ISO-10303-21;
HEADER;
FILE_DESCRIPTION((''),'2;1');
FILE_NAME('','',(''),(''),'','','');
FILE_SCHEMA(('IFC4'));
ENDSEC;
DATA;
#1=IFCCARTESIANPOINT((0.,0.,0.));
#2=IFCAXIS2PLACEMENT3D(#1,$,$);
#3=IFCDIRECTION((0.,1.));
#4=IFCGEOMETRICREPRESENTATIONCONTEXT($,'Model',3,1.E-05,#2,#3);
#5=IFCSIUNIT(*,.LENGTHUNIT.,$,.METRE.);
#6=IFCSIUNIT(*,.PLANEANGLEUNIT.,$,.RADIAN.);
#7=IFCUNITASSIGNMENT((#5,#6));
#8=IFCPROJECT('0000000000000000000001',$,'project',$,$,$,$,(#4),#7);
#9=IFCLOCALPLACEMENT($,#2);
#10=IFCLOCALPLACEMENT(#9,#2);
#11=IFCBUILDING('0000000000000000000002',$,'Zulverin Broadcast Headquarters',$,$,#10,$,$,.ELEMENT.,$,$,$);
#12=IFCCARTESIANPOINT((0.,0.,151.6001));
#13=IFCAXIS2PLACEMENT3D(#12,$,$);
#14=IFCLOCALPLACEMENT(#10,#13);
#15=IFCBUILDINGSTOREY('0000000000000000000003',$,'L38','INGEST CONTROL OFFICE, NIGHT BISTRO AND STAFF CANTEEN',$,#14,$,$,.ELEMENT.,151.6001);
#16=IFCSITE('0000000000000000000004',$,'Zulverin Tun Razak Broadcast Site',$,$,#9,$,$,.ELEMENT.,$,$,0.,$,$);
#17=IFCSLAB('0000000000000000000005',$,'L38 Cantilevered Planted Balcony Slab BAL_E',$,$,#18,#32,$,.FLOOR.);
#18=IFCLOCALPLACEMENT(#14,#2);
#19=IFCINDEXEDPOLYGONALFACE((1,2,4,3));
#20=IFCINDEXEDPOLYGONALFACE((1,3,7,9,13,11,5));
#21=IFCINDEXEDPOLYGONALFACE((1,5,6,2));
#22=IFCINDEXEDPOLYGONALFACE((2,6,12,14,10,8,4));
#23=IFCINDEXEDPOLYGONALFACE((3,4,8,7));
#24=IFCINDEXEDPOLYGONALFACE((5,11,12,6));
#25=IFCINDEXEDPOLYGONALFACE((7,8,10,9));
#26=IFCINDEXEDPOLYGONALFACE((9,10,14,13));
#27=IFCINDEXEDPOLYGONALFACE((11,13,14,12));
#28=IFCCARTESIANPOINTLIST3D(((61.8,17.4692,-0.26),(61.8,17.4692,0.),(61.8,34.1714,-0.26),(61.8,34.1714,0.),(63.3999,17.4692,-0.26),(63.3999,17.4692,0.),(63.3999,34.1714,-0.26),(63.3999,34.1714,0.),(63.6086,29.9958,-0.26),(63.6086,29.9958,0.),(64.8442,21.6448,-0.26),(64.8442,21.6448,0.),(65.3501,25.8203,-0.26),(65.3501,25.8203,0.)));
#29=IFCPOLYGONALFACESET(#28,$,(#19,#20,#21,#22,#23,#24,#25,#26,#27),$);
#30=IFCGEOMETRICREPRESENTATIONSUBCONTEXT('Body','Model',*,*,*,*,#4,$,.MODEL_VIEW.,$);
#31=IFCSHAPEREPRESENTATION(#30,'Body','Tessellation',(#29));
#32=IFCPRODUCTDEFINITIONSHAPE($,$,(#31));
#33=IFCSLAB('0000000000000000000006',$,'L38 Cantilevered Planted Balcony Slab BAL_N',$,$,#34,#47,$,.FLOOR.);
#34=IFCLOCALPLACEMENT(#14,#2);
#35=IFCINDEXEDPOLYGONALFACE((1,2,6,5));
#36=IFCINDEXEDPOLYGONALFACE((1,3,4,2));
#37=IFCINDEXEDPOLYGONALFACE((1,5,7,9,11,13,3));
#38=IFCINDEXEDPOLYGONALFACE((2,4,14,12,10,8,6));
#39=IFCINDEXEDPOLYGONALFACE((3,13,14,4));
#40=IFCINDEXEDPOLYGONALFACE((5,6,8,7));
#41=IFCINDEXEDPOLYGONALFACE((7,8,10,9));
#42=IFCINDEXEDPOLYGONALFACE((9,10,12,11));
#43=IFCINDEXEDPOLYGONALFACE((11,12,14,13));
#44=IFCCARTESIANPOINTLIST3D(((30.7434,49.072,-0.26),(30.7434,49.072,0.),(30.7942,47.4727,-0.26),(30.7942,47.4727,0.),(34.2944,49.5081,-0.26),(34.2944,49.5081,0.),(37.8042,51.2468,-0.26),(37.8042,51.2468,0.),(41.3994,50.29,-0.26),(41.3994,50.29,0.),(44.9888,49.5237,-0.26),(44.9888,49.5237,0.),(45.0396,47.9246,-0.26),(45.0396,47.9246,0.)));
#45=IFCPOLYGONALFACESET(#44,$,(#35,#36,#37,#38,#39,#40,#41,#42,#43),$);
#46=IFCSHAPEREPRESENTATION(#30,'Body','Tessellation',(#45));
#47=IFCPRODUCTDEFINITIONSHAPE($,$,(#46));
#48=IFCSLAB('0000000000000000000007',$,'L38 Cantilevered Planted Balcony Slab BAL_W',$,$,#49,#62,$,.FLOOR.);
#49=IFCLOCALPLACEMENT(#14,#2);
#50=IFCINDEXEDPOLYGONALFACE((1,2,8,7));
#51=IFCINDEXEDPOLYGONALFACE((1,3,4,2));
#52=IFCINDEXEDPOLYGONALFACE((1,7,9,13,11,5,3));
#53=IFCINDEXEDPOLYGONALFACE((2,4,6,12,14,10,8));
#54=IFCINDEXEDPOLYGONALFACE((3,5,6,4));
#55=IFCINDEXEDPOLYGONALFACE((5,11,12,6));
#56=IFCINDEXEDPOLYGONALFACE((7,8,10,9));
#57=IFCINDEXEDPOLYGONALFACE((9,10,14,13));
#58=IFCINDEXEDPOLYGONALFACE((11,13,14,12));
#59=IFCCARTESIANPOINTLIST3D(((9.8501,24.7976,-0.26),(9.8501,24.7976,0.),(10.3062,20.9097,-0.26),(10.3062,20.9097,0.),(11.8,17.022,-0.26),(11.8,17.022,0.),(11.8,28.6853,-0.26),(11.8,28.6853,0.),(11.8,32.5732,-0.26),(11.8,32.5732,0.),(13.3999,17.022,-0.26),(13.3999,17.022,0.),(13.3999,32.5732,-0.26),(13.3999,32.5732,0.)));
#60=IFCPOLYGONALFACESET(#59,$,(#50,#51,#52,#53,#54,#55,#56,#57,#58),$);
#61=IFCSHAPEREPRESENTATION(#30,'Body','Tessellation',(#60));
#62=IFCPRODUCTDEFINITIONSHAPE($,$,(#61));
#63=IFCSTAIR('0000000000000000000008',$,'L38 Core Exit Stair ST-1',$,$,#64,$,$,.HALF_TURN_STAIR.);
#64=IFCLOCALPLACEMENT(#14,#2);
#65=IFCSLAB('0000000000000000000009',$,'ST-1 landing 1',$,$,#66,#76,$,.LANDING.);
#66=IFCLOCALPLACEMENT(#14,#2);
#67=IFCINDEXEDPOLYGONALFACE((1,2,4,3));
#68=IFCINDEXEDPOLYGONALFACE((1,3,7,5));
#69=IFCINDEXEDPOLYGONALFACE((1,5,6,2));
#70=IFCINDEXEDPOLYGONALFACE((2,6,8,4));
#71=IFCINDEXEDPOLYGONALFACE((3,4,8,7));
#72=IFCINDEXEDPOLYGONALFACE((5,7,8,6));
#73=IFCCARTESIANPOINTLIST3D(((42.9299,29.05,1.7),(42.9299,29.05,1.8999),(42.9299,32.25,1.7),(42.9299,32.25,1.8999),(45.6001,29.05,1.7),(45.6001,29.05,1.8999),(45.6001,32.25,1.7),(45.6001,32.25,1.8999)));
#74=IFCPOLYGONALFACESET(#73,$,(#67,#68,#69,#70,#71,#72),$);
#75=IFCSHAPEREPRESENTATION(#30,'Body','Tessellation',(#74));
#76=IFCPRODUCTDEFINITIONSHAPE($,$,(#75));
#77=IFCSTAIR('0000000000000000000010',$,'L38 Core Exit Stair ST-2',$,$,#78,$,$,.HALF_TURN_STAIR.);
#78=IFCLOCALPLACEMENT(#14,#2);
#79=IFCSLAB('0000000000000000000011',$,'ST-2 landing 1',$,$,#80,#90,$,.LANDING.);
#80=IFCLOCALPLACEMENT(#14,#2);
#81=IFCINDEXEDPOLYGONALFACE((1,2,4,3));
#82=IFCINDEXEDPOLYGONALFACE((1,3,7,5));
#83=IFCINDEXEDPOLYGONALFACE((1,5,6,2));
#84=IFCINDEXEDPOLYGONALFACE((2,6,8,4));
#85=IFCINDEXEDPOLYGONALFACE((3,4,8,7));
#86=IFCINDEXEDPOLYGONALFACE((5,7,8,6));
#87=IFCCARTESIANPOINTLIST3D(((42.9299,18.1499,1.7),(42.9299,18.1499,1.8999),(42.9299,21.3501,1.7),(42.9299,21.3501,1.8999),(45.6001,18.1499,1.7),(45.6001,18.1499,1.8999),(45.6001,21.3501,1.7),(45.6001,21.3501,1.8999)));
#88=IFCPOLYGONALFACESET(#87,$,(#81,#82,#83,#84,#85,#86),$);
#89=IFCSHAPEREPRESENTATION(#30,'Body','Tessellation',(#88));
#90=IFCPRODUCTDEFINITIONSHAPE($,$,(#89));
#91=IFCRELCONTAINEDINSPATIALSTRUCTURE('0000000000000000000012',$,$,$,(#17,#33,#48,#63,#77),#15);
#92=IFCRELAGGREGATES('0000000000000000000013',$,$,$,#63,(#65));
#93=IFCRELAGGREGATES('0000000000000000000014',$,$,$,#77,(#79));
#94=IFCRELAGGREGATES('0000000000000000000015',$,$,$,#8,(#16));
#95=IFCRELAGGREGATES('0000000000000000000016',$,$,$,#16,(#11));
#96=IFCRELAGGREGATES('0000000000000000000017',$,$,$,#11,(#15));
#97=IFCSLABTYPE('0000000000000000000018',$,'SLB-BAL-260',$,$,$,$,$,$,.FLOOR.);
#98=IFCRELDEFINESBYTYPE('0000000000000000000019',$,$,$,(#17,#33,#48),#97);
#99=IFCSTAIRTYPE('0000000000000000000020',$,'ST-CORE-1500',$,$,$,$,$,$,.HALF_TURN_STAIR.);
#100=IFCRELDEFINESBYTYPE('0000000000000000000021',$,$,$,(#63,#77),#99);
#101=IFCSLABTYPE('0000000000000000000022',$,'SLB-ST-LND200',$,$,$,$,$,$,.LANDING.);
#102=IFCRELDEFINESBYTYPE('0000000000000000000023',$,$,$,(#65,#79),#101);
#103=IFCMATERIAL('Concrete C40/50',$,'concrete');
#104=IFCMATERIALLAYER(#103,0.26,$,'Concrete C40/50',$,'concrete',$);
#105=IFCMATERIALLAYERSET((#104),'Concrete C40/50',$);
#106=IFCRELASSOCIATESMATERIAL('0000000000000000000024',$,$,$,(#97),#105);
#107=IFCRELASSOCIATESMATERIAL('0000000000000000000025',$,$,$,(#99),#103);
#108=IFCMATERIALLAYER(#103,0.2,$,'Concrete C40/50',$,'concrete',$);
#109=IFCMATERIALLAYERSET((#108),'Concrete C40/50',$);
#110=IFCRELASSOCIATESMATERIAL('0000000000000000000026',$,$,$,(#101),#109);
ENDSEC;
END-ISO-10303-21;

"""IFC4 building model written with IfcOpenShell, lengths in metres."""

from ifc_helpers import new_model, si_unit, direction, frame, origin, place, context, subcontext, project, spatial, polyline, outline, extrude, material, layer, layer_set, type_object, element, aggregate, save


model = new_model("IFC4")

# Units and contexts
model_context = context("Model", 3, precision=1e-05, world=origin(), true_north=direction((0.0, 1.0)))
body_context = subcontext(model_context, "Body", "Model", "MODEL_VIEW")
ifc_project = project(units=[si_unit("LENGTHUNIT", "METRE"), si_unit("PLANEANGLEUNIT", "RADIAN")], contexts=[model_context])

# Site, building, storey
site_placement = place(None, origin())
site = spatial("IfcSite", under=ifc_project, at=site_placement, Name="Zulverin Tun Razak Broadcast Site", CompositionType="ELEMENT", RefElevation=0.0)
building_placement = place(site_placement, origin())
building = spatial("IfcBuilding", under=site, at=building_placement, Name="Zulverin Broadcast Headquarters", CompositionType="ELEMENT")
storey_placement = place(building_placement, frame((0.0, 0.0, 151.6001)))
storey = spatial("IfcBuildingStorey", under=building, at=storey_placement, Name="L38", Description="INGEST CONTROL OFFICE, NIGHT BISTRO AND STAFF CANTEEN", CompositionType="ELEMENT", Elevation=151.6001)

# Slabs
ifc_material_1 = material(Name="Concrete C40/50", Category="concrete")
ifc_layer_1 = layer(ifc_material_1, 0.26, Name="Concrete C40/50", Category="concrete")
ifc_layer_set_1 = layer_set([ifc_layer_1], Name="Concrete C40/50")
slab_type_1 = type_object("IfcSlabType", Name="SLB-BAL-260", PredefinedType="FLOOR", material=ifc_layer_set_1)
slab_1_placement = place(storey_placement, frame((0.0, 0.0, -0.26)))
element("IfcSlab", 1, at=slab_1_placement, inside=storey, type_object=slab_type_1, Name="L38 Cantilevered Planted Balcony Slab BAL_E", PredefinedType="FLOOR", context=body_context, shape_type="SweptSolid", body=[
    extrude(outline(polyline([(61.8, 34.1714), (61.8, 17.4692), (63.3999, 17.4692), (64.8442, 21.6448), (65.3501, 25.8203), (63.6086, 29.9958), (63.3999, 34.1714), (61.8, 34.1714)])), origin(), (0.0, 0.0, 1.0), 0.26),
])
slab_2_placement = place(storey_placement, frame((0.0, 0.0, -0.26)))
element("IfcSlab", 2, at=slab_2_placement, inside=storey, type_object=slab_type_1, Name="L38 Cantilevered Planted Balcony Slab BAL_N", PredefinedType="FLOOR", context=body_context, shape_type="SweptSolid", body=[
    extrude(outline(polyline([(30.7942, 47.4727), (45.0396, 47.9246), (44.9888, 49.5237), (41.3994, 50.29), (37.8042, 51.2468), (34.2944, 49.5081), (30.7434, 49.072), (30.7942, 47.4727)])), origin(), (0.0, 0.0, 1.0), 0.26),
])
slab_3_placement = place(storey_placement, frame((0.0, 0.0, -0.26)))
element("IfcSlab", 3, at=slab_3_placement, inside=storey, type_object=slab_type_1, Name="L38 Cantilevered Planted Balcony Slab BAL_W", PredefinedType="FLOOR", context=body_context, shape_type="SweptSolid", body=[
    extrude(outline(polyline([(13.3999, 17.022), (13.3999, 32.5732), (11.8, 32.5732), (11.8, 28.6853), (9.8501, 24.7976), (10.3062, 20.9097), (11.8, 17.022), (13.3999, 17.022)])), origin(), (0.0, 0.0, 1.0), 0.26),
])

# Stairs, slabs
stair_type = type_object("IfcStairType", Name="ST-CORE-1500", PredefinedType="HALF_TURN_STAIR", material=ifc_material_1)
stair_1_placement = place(storey_placement, origin())
stair_1 = element("IfcStair", 4, at=stair_1_placement, inside=storey, type_object=stair_type, Name="L38 Core Exit Stair ST-1", PredefinedType="HALF_TURN_STAIR")
ifc_layer_2 = layer(ifc_material_1, 0.2, Name="Concrete C40/50", Category="concrete")
ifc_layer_set_2 = layer_set([ifc_layer_2], Name="Concrete C40/50")
slab_type_2 = type_object("IfcSlabType", Name="SLB-ST-LND200", PredefinedType="LANDING", material=ifc_layer_set_2)
slab_4_placement = place(storey_placement, frame((0.0, 0.0, 1.7)))
slab_4 = element("IfcSlab", 5, at=slab_4_placement, type_object=slab_type_2, Name="ST-1 landing 1", PredefinedType="LANDING", context=body_context, shape_type="SweptSolid", body=[
    extrude(outline(polyline([(42.9299, 29.05), (45.6001, 29.05), (45.6001, 32.25), (42.9299, 32.25), (42.9299, 29.05)])), origin(), (0.0, 0.0, 1.0), 0.2),
])
aggregate(stair_1, [slab_4])
stair_2_placement = place(storey_placement, origin())
stair_2 = element("IfcStair", 6, at=stair_2_placement, inside=storey, type_object=stair_type, Name="L38 Core Exit Stair ST-2", PredefinedType="HALF_TURN_STAIR")
slab_5_placement = place(storey_placement, frame((0.0, 0.0, 1.7)))
slab_5 = element("IfcSlab", 7, at=slab_5_placement, type_object=slab_type_2, Name="ST-2 landing 1", PredefinedType="LANDING", context=body_context, shape_type="SweptSolid", body=[
    extrude(outline(polyline([(42.9299, 18.1499), (45.6001, 18.1499), (45.6001, 21.3501), (42.9299, 21.3501), (42.9299, 18.1499)])), origin(), (0.0, 0.0, 1.0), 0.2),
])
aggregate(stair_2, [slab_5])

save(model, "model.ifc")
